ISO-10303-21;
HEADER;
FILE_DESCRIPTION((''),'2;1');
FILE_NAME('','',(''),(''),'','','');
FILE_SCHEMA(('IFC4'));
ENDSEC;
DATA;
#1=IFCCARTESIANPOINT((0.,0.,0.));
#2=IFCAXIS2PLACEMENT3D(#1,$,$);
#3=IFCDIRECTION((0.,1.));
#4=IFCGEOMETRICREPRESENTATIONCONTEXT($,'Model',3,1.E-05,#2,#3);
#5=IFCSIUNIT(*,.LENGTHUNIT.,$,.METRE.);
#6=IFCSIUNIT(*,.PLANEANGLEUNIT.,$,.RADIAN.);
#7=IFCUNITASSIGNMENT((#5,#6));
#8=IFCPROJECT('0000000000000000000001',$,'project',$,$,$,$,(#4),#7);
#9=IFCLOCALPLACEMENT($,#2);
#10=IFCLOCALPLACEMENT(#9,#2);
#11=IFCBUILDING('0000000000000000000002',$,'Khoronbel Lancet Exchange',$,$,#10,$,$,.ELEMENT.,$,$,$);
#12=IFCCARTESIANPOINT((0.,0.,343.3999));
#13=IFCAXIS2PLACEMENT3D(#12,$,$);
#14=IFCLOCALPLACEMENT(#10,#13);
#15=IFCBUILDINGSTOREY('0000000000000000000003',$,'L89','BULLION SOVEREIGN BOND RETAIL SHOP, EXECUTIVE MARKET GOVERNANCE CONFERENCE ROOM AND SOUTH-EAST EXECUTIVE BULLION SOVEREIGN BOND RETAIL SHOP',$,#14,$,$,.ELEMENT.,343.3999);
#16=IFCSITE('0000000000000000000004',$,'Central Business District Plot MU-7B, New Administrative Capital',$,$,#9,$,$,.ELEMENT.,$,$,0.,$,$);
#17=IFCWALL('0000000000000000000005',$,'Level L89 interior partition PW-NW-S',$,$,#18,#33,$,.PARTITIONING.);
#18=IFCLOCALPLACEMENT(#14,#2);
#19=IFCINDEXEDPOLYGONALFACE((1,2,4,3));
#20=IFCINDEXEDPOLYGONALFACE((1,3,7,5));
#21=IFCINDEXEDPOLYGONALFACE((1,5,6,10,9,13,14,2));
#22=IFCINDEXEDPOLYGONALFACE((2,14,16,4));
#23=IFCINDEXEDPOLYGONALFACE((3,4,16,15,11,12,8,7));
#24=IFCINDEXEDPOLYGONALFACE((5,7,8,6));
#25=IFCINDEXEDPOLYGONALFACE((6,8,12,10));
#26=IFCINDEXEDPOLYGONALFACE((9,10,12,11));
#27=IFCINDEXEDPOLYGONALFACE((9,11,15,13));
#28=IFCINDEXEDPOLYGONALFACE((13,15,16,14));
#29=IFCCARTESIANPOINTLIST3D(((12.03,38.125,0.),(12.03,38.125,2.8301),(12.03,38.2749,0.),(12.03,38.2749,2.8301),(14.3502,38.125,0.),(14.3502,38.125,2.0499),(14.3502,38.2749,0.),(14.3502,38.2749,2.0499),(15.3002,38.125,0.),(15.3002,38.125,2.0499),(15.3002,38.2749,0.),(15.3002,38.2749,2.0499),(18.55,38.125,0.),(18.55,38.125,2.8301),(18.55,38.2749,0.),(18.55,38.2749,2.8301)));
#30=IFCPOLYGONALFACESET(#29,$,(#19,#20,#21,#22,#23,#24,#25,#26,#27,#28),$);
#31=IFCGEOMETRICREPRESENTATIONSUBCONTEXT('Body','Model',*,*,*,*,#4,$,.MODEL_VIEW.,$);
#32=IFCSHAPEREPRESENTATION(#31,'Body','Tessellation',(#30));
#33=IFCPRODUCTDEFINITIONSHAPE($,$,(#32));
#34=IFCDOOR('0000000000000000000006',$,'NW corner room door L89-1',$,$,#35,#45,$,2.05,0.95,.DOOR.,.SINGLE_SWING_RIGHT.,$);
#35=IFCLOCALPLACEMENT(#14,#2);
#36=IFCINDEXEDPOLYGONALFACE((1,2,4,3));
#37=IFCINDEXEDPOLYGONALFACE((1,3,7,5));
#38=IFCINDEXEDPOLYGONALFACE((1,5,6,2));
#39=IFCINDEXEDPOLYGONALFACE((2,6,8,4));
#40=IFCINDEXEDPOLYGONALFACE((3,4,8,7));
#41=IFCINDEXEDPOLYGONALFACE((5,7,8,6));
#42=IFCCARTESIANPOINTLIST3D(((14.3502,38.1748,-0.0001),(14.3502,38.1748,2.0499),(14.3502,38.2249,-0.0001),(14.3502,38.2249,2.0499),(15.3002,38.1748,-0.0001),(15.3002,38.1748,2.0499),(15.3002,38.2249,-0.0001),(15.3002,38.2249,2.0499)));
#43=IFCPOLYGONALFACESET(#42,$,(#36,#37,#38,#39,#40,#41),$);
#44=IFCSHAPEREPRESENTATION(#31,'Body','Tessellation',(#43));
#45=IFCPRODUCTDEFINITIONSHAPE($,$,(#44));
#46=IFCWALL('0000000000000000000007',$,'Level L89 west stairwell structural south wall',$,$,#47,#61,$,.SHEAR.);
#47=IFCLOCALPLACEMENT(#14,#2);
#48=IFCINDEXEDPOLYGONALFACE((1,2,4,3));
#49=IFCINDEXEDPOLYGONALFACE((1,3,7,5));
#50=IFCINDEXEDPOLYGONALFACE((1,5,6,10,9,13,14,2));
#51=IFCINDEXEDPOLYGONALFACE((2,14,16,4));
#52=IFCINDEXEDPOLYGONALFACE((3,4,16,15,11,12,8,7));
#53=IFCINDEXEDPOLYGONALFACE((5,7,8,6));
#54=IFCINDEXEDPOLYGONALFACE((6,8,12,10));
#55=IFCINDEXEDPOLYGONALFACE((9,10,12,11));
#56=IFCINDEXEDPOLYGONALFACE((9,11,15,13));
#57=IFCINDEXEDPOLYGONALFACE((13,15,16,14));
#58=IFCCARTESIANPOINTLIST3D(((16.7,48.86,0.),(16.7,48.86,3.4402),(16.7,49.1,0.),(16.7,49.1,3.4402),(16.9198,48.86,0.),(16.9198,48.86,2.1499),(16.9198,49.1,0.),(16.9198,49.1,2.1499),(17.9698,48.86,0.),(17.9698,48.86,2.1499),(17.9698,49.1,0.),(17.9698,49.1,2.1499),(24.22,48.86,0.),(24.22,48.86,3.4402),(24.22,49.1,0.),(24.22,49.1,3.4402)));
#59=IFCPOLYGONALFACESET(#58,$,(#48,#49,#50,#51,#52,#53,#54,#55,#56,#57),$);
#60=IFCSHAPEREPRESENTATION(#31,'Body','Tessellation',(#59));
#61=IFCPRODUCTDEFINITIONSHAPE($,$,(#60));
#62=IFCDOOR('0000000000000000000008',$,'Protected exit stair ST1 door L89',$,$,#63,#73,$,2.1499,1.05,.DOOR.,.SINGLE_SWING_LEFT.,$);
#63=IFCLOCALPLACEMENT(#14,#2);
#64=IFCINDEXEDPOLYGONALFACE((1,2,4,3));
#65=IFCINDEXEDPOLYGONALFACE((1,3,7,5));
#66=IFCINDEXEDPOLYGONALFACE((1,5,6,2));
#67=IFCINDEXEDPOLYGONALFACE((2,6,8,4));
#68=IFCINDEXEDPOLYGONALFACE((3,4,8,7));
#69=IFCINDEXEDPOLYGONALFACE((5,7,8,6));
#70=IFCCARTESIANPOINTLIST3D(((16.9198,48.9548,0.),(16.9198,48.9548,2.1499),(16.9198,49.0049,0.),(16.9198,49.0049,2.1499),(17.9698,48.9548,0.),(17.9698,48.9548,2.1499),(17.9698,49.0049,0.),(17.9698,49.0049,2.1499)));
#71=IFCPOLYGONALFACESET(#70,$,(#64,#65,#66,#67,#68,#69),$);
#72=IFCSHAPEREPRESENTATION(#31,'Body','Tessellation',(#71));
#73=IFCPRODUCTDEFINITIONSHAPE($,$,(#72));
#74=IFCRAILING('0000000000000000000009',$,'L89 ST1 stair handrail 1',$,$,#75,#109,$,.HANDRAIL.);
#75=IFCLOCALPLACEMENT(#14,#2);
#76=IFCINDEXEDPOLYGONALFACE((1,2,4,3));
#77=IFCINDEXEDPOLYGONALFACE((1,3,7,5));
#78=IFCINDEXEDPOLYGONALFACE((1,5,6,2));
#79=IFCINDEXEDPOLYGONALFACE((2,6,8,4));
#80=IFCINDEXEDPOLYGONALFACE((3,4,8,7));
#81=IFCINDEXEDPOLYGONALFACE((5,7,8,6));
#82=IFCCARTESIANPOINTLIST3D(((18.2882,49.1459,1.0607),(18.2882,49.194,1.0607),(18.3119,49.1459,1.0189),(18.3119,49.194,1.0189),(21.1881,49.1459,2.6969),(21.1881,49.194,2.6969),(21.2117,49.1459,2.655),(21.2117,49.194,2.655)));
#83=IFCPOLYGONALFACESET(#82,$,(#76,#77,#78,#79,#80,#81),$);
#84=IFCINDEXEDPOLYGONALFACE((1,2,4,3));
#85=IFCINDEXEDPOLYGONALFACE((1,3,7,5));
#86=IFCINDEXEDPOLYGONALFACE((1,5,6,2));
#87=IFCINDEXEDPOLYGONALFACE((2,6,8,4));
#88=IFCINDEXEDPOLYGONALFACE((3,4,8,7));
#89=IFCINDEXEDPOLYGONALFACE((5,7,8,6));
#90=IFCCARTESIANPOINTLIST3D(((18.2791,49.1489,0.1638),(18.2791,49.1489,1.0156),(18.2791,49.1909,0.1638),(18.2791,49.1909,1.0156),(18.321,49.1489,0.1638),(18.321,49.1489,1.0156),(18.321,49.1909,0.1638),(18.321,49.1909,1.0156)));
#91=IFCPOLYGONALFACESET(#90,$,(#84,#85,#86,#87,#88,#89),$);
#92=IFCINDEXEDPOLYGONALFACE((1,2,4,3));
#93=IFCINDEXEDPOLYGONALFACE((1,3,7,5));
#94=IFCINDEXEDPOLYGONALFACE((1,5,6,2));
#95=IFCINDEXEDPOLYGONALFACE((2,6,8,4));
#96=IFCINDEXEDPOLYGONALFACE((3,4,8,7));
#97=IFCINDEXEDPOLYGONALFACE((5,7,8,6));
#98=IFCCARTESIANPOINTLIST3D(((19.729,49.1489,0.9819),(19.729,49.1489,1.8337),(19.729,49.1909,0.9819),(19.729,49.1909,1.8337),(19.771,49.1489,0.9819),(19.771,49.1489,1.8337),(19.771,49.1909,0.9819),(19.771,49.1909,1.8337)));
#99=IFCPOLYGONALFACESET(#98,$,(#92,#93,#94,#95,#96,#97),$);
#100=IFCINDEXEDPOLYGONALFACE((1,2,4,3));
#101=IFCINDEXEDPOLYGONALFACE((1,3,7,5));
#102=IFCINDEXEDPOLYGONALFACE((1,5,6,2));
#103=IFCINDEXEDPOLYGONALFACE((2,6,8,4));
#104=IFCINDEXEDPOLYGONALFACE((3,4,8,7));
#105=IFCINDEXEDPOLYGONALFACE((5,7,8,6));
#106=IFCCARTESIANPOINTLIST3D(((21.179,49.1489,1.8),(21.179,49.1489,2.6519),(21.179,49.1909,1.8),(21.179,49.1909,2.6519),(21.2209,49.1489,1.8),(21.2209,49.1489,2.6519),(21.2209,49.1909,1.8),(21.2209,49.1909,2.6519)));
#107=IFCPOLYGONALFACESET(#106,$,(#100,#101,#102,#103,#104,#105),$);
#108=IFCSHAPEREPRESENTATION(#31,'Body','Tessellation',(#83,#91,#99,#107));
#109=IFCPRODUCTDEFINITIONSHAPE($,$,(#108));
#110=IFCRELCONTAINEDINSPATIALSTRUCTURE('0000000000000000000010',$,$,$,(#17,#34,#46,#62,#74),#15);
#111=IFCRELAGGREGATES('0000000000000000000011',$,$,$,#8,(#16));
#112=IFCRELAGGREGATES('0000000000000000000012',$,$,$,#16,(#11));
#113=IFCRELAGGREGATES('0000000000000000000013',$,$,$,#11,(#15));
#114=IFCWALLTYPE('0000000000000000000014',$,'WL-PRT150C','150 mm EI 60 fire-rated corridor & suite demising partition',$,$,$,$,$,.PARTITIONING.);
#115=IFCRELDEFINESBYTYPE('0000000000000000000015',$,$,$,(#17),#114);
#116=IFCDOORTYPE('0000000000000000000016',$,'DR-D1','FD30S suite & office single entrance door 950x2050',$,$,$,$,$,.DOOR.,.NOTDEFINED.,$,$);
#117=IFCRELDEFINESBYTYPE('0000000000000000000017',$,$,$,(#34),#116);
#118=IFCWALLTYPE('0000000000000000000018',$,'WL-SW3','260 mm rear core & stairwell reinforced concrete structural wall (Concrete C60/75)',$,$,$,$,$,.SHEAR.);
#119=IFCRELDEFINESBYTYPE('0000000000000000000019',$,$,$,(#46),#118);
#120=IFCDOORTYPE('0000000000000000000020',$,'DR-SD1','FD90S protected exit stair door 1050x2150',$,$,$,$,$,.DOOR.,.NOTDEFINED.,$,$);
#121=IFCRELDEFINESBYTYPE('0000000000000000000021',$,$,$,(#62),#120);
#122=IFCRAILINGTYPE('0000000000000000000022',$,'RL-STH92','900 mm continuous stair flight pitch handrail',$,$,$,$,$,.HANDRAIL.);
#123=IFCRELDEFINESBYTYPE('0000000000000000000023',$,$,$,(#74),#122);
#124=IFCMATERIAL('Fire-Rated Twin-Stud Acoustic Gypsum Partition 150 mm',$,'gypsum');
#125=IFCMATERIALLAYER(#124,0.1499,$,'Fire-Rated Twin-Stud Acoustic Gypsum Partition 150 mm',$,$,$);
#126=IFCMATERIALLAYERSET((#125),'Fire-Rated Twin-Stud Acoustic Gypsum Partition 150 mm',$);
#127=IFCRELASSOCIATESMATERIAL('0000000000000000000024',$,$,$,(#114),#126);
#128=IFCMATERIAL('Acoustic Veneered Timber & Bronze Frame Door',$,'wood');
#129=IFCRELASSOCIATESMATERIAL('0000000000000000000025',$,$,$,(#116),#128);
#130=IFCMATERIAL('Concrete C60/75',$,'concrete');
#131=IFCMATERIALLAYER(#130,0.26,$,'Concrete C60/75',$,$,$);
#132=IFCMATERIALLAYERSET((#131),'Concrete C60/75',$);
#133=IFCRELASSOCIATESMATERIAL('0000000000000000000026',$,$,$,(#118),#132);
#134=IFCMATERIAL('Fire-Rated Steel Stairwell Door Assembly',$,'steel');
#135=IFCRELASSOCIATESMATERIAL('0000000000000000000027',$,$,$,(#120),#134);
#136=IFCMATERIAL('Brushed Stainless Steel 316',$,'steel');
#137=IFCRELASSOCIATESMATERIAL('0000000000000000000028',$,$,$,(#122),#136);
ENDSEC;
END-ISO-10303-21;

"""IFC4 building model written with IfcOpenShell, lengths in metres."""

from ifc_helpers import new_model, si_unit, direction, frame, frame_2d, origin, origin_2d, place, context, subcontext, project, spatial, rectangle, extrude, material, layer, layer_set, type_object, element, fill, save


model = new_model("IFC4")

# Units and contexts
model_context = context("Model", 3, precision=1e-05, world=origin(), true_north=direction((0.0, 1.0)))
body_context = subcontext(model_context, "Body", "Model", "MODEL_VIEW")
ifc_project = project(units=[si_unit("LENGTHUNIT", "METRE"), si_unit("PLANEANGLEUNIT", "RADIAN")], contexts=[model_context])

# Site, building, storey
site_placement = place(None, origin())
site = spatial("IfcSite", under=ifc_project, at=site_placement, Name="Central Business District Plot MU-7B, New Administrative Capital", CompositionType="ELEMENT", RefElevation=0.0)
building_placement = place(site_placement, origin())
building = spatial("IfcBuilding", under=site, at=building_placement, Name="Khoronbel Lancet Exchange", CompositionType="ELEMENT")
storey_placement = place(building_placement, frame((0.0, 0.0, 343.3999)))
storey = spatial("IfcBuildingStorey", under=building, at=storey_placement, Name="L89", Description="BULLION SOVEREIGN BOND RETAIL SHOP, EXECUTIVE MARKET GOVERNANCE CONFERENCE ROOM AND SOUTH-EAST EXECUTIVE BULLION SOVEREIGN BOND RETAIL SHOP", CompositionType="ELEMENT", Elevation=343.3999)

# Shared definitions
ifc_material_1 = material(Name="Concrete C60/75", Category="concrete")

# Walls, openings, doors
ifc_material_2 = material(Name="Fire-Rated Twin-Stud Acoustic Gypsum Partition 150 mm", Category="gypsum")
ifc_layer_1 = layer(ifc_material_2, 0.1499, Name="Fire-Rated Twin-Stud Acoustic Gypsum Partition 150 mm")
ifc_layer_set_1 = layer_set([ifc_layer_1], Name="Fire-Rated Twin-Stud Acoustic Gypsum Partition 150 mm")
wall_type_1 = type_object("IfcWallType", Name="WL-PRT150C", Description="150 mm EI 60 fire-rated corridor & suite demising partition", PredefinedType="PARTITIONING", material=ifc_layer_set_1)
wall_1_placement = place(storey_placement, frame((12.03, 38.2, 0.0), z_axis=(0.0, 0.0, 1.0), x_axis=(1.0, 0.0, 0.0)))
wall_1 = element("IfcWall", 1, at=wall_1_placement, inside=storey, type_object=wall_type_1, Name="Level L89 interior partition PW-NW-S", PredefinedType="PARTITIONING", context=body_context, shape_type="SweptSolid", body=[
    extrude(rectangle(XDim=6.52, YDim=0.1499, at=frame_2d((3.26, 0.0))), origin(), (0.0, 0.0, 1.0), 2.8301),
])
opening_1_placement = place(wall_1_placement, frame((2.3201, 0.0, 0.0)))
opening_1 = element("IfcOpeningElement", 2, at=opening_1_placement, cuts=wall_1, PredefinedType="OPENING", context=body_context, shape_type="SweptSolid", body=[
    extrude(rectangle(XDim=0.95, YDim=2.05, at=frame_2d((0.4751, 1.0249))), frame((0.0, 0.085, 0.0), z_axis=(0.0, -1.0, 0.0), x_axis=(1.0, 0.0, 0.0)), (0.0, 0.0, 1.0), 0.1699),
])
ifc_material_3 = material(Name="Acoustic Veneered Timber & Bronze Frame Door", Category="wood")
door_type_1 = type_object("IfcDoorType", Name="DR-D1", Description="FD30S suite & office single entrance door 950x2050", OperationType="NOTDEFINED", PredefinedType="DOOR", material=ifc_material_3)
door_1_placement = place(opening_1_placement, origin())
door_1 = element("IfcDoor", 3, at=door_1_placement, inside=storey, type_object=door_type_1, Name="NW corner room door L89-1", OperationType="SINGLE_SWING_RIGHT", OverallHeight=2.05, OverallWidth=0.95, PredefinedType="DOOR", context=body_context, shape_type="SweptSolid", body=[
    extrude(rectangle(XDim=0.95, YDim=2.05, at=frame_2d((0.4751, 1.0249))), frame((0.0, 0.0249, 0.0), z_axis=(0.0, -1.0, 0.0), x_axis=(1.0, 0.0, 0.0)), (0.0, 0.0, 1.0), 0.05),
])
fill(opening_1, door_1)
ifc_layer_2 = layer(ifc_material_1, 0.26, Name="Concrete C60/75")
ifc_layer_set_2 = layer_set([ifc_layer_2], Name="Concrete C60/75")
wall_type_2 = type_object("IfcWallType", Name="WL-SW3", Description="260 mm rear core & stairwell reinforced concrete structural wall (Concrete C60/75)", PredefinedType="SHEAR", material=ifc_layer_set_2)
wall_2_placement = place(storey_placement, frame((16.7, 48.98, 0.0), z_axis=(0.0, 0.0, 1.0), x_axis=(1.0, 0.0, 0.0)))
wall_2 = element("IfcWall", 4, at=wall_2_placement, inside=storey, type_object=wall_type_2, Name="Level L89 west stairwell structural south wall", PredefinedType="SHEAR", context=body_context, shape_type="SweptSolid", body=[
    extrude(rectangle(XDim=7.52, YDim=0.24, at=frame_2d((3.76, 0.0))), origin(), (0.0, 0.0, 1.0), 3.4402),
])
opening_2_placement = place(wall_2_placement, frame((0.22, 0.0, 0.0)))
opening_2 = element("IfcOpeningElement", 5, at=opening_2_placement, cuts=wall_2, PredefinedType="OPENING", context=body_context, shape_type="SweptSolid", body=[
    extrude(rectangle(XDim=1.05, YDim=2.1499, at=frame_2d((0.5249, 1.075))), frame((0.0, 0.1299, 0.0), z_axis=(0.0, -1.0, 0.0), x_axis=(1.0, 0.0, 0.0)), (0.0, 0.0, 1.0), 0.26),
])
ifc_material_4 = material(Name="Fire-Rated Steel Stairwell Door Assembly", Category="steel")
door_type_2 = type_object("IfcDoorType", Name="DR-SD1", Description="FD90S protected exit stair door 1050x2150", OperationType="NOTDEFINED", PredefinedType="DOOR", material=ifc_material_4)
door_2_placement = place(opening_2_placement, origin())
door_2 = element("IfcDoor", 6, at=door_2_placement, inside=storey, type_object=door_type_2, Name="Protected exit stair ST1 door L89", OperationType="SINGLE_SWING_LEFT", OverallHeight=2.1499, OverallWidth=1.05, PredefinedType="DOOR", context=body_context, shape_type="SweptSolid", body=[
    extrude(rectangle(XDim=1.05, YDim=2.1499, at=frame_2d((0.5249, 1.075))), frame((0.0, 0.0249, 0.0), z_axis=(0.0, -1.0, 0.0), x_axis=(1.0, 0.0, 0.0)), (0.0, 0.0, 1.0), 0.05),
])
fill(opening_2, door_2)

# Railing
ifc_material_5 = material(Name="Brushed Stainless Steel 316", Category="steel")
railing_type = type_object("IfcRailingType", Name="RL-STH92", Description="900 mm continuous stair flight pitch handrail", PredefinedType="HANDRAIL", material=ifc_material_5)
railing_placement = place(storey_placement, frame((18.3, 49.1699, 0.1638)))
element("IfcRailing", 7, at=railing_placement, inside=storey, type_object=railing_type, Name="L89 ST1 stair handrail 1", PredefinedType="HANDRAIL", context=body_context, shape_type="SweptSolid", body=[
    extrude(rectangle(XDim=0.0481, YDim=0.0481, at=origin_2d()), frame((0.0, 0.0, 0.876), z_axis=(0.870929, 0.0, 0.49141), x_axis=(0.0, 1.0, 0.0)), (0.0, 0.0, 1.0), 3.3296),
    extrude(rectangle(XDim=0.042, YDim=0.042, at=origin_2d()), origin(), (0.0, 0.0, 1.0), 0.8518),
    extrude(rectangle(XDim=0.042, YDim=0.042, at=origin_2d()), frame((1.45, 0.0, 0.8181)), (0.0, 0.0, 1.0), 0.8518),
    extrude(rectangle(XDim=0.042, YDim=0.042, at=origin_2d()), frame((2.8999, 0.0, 1.6362)), (0.0, 0.0, 1.0), 0.8518),
])

save(model, "model.ifc")
